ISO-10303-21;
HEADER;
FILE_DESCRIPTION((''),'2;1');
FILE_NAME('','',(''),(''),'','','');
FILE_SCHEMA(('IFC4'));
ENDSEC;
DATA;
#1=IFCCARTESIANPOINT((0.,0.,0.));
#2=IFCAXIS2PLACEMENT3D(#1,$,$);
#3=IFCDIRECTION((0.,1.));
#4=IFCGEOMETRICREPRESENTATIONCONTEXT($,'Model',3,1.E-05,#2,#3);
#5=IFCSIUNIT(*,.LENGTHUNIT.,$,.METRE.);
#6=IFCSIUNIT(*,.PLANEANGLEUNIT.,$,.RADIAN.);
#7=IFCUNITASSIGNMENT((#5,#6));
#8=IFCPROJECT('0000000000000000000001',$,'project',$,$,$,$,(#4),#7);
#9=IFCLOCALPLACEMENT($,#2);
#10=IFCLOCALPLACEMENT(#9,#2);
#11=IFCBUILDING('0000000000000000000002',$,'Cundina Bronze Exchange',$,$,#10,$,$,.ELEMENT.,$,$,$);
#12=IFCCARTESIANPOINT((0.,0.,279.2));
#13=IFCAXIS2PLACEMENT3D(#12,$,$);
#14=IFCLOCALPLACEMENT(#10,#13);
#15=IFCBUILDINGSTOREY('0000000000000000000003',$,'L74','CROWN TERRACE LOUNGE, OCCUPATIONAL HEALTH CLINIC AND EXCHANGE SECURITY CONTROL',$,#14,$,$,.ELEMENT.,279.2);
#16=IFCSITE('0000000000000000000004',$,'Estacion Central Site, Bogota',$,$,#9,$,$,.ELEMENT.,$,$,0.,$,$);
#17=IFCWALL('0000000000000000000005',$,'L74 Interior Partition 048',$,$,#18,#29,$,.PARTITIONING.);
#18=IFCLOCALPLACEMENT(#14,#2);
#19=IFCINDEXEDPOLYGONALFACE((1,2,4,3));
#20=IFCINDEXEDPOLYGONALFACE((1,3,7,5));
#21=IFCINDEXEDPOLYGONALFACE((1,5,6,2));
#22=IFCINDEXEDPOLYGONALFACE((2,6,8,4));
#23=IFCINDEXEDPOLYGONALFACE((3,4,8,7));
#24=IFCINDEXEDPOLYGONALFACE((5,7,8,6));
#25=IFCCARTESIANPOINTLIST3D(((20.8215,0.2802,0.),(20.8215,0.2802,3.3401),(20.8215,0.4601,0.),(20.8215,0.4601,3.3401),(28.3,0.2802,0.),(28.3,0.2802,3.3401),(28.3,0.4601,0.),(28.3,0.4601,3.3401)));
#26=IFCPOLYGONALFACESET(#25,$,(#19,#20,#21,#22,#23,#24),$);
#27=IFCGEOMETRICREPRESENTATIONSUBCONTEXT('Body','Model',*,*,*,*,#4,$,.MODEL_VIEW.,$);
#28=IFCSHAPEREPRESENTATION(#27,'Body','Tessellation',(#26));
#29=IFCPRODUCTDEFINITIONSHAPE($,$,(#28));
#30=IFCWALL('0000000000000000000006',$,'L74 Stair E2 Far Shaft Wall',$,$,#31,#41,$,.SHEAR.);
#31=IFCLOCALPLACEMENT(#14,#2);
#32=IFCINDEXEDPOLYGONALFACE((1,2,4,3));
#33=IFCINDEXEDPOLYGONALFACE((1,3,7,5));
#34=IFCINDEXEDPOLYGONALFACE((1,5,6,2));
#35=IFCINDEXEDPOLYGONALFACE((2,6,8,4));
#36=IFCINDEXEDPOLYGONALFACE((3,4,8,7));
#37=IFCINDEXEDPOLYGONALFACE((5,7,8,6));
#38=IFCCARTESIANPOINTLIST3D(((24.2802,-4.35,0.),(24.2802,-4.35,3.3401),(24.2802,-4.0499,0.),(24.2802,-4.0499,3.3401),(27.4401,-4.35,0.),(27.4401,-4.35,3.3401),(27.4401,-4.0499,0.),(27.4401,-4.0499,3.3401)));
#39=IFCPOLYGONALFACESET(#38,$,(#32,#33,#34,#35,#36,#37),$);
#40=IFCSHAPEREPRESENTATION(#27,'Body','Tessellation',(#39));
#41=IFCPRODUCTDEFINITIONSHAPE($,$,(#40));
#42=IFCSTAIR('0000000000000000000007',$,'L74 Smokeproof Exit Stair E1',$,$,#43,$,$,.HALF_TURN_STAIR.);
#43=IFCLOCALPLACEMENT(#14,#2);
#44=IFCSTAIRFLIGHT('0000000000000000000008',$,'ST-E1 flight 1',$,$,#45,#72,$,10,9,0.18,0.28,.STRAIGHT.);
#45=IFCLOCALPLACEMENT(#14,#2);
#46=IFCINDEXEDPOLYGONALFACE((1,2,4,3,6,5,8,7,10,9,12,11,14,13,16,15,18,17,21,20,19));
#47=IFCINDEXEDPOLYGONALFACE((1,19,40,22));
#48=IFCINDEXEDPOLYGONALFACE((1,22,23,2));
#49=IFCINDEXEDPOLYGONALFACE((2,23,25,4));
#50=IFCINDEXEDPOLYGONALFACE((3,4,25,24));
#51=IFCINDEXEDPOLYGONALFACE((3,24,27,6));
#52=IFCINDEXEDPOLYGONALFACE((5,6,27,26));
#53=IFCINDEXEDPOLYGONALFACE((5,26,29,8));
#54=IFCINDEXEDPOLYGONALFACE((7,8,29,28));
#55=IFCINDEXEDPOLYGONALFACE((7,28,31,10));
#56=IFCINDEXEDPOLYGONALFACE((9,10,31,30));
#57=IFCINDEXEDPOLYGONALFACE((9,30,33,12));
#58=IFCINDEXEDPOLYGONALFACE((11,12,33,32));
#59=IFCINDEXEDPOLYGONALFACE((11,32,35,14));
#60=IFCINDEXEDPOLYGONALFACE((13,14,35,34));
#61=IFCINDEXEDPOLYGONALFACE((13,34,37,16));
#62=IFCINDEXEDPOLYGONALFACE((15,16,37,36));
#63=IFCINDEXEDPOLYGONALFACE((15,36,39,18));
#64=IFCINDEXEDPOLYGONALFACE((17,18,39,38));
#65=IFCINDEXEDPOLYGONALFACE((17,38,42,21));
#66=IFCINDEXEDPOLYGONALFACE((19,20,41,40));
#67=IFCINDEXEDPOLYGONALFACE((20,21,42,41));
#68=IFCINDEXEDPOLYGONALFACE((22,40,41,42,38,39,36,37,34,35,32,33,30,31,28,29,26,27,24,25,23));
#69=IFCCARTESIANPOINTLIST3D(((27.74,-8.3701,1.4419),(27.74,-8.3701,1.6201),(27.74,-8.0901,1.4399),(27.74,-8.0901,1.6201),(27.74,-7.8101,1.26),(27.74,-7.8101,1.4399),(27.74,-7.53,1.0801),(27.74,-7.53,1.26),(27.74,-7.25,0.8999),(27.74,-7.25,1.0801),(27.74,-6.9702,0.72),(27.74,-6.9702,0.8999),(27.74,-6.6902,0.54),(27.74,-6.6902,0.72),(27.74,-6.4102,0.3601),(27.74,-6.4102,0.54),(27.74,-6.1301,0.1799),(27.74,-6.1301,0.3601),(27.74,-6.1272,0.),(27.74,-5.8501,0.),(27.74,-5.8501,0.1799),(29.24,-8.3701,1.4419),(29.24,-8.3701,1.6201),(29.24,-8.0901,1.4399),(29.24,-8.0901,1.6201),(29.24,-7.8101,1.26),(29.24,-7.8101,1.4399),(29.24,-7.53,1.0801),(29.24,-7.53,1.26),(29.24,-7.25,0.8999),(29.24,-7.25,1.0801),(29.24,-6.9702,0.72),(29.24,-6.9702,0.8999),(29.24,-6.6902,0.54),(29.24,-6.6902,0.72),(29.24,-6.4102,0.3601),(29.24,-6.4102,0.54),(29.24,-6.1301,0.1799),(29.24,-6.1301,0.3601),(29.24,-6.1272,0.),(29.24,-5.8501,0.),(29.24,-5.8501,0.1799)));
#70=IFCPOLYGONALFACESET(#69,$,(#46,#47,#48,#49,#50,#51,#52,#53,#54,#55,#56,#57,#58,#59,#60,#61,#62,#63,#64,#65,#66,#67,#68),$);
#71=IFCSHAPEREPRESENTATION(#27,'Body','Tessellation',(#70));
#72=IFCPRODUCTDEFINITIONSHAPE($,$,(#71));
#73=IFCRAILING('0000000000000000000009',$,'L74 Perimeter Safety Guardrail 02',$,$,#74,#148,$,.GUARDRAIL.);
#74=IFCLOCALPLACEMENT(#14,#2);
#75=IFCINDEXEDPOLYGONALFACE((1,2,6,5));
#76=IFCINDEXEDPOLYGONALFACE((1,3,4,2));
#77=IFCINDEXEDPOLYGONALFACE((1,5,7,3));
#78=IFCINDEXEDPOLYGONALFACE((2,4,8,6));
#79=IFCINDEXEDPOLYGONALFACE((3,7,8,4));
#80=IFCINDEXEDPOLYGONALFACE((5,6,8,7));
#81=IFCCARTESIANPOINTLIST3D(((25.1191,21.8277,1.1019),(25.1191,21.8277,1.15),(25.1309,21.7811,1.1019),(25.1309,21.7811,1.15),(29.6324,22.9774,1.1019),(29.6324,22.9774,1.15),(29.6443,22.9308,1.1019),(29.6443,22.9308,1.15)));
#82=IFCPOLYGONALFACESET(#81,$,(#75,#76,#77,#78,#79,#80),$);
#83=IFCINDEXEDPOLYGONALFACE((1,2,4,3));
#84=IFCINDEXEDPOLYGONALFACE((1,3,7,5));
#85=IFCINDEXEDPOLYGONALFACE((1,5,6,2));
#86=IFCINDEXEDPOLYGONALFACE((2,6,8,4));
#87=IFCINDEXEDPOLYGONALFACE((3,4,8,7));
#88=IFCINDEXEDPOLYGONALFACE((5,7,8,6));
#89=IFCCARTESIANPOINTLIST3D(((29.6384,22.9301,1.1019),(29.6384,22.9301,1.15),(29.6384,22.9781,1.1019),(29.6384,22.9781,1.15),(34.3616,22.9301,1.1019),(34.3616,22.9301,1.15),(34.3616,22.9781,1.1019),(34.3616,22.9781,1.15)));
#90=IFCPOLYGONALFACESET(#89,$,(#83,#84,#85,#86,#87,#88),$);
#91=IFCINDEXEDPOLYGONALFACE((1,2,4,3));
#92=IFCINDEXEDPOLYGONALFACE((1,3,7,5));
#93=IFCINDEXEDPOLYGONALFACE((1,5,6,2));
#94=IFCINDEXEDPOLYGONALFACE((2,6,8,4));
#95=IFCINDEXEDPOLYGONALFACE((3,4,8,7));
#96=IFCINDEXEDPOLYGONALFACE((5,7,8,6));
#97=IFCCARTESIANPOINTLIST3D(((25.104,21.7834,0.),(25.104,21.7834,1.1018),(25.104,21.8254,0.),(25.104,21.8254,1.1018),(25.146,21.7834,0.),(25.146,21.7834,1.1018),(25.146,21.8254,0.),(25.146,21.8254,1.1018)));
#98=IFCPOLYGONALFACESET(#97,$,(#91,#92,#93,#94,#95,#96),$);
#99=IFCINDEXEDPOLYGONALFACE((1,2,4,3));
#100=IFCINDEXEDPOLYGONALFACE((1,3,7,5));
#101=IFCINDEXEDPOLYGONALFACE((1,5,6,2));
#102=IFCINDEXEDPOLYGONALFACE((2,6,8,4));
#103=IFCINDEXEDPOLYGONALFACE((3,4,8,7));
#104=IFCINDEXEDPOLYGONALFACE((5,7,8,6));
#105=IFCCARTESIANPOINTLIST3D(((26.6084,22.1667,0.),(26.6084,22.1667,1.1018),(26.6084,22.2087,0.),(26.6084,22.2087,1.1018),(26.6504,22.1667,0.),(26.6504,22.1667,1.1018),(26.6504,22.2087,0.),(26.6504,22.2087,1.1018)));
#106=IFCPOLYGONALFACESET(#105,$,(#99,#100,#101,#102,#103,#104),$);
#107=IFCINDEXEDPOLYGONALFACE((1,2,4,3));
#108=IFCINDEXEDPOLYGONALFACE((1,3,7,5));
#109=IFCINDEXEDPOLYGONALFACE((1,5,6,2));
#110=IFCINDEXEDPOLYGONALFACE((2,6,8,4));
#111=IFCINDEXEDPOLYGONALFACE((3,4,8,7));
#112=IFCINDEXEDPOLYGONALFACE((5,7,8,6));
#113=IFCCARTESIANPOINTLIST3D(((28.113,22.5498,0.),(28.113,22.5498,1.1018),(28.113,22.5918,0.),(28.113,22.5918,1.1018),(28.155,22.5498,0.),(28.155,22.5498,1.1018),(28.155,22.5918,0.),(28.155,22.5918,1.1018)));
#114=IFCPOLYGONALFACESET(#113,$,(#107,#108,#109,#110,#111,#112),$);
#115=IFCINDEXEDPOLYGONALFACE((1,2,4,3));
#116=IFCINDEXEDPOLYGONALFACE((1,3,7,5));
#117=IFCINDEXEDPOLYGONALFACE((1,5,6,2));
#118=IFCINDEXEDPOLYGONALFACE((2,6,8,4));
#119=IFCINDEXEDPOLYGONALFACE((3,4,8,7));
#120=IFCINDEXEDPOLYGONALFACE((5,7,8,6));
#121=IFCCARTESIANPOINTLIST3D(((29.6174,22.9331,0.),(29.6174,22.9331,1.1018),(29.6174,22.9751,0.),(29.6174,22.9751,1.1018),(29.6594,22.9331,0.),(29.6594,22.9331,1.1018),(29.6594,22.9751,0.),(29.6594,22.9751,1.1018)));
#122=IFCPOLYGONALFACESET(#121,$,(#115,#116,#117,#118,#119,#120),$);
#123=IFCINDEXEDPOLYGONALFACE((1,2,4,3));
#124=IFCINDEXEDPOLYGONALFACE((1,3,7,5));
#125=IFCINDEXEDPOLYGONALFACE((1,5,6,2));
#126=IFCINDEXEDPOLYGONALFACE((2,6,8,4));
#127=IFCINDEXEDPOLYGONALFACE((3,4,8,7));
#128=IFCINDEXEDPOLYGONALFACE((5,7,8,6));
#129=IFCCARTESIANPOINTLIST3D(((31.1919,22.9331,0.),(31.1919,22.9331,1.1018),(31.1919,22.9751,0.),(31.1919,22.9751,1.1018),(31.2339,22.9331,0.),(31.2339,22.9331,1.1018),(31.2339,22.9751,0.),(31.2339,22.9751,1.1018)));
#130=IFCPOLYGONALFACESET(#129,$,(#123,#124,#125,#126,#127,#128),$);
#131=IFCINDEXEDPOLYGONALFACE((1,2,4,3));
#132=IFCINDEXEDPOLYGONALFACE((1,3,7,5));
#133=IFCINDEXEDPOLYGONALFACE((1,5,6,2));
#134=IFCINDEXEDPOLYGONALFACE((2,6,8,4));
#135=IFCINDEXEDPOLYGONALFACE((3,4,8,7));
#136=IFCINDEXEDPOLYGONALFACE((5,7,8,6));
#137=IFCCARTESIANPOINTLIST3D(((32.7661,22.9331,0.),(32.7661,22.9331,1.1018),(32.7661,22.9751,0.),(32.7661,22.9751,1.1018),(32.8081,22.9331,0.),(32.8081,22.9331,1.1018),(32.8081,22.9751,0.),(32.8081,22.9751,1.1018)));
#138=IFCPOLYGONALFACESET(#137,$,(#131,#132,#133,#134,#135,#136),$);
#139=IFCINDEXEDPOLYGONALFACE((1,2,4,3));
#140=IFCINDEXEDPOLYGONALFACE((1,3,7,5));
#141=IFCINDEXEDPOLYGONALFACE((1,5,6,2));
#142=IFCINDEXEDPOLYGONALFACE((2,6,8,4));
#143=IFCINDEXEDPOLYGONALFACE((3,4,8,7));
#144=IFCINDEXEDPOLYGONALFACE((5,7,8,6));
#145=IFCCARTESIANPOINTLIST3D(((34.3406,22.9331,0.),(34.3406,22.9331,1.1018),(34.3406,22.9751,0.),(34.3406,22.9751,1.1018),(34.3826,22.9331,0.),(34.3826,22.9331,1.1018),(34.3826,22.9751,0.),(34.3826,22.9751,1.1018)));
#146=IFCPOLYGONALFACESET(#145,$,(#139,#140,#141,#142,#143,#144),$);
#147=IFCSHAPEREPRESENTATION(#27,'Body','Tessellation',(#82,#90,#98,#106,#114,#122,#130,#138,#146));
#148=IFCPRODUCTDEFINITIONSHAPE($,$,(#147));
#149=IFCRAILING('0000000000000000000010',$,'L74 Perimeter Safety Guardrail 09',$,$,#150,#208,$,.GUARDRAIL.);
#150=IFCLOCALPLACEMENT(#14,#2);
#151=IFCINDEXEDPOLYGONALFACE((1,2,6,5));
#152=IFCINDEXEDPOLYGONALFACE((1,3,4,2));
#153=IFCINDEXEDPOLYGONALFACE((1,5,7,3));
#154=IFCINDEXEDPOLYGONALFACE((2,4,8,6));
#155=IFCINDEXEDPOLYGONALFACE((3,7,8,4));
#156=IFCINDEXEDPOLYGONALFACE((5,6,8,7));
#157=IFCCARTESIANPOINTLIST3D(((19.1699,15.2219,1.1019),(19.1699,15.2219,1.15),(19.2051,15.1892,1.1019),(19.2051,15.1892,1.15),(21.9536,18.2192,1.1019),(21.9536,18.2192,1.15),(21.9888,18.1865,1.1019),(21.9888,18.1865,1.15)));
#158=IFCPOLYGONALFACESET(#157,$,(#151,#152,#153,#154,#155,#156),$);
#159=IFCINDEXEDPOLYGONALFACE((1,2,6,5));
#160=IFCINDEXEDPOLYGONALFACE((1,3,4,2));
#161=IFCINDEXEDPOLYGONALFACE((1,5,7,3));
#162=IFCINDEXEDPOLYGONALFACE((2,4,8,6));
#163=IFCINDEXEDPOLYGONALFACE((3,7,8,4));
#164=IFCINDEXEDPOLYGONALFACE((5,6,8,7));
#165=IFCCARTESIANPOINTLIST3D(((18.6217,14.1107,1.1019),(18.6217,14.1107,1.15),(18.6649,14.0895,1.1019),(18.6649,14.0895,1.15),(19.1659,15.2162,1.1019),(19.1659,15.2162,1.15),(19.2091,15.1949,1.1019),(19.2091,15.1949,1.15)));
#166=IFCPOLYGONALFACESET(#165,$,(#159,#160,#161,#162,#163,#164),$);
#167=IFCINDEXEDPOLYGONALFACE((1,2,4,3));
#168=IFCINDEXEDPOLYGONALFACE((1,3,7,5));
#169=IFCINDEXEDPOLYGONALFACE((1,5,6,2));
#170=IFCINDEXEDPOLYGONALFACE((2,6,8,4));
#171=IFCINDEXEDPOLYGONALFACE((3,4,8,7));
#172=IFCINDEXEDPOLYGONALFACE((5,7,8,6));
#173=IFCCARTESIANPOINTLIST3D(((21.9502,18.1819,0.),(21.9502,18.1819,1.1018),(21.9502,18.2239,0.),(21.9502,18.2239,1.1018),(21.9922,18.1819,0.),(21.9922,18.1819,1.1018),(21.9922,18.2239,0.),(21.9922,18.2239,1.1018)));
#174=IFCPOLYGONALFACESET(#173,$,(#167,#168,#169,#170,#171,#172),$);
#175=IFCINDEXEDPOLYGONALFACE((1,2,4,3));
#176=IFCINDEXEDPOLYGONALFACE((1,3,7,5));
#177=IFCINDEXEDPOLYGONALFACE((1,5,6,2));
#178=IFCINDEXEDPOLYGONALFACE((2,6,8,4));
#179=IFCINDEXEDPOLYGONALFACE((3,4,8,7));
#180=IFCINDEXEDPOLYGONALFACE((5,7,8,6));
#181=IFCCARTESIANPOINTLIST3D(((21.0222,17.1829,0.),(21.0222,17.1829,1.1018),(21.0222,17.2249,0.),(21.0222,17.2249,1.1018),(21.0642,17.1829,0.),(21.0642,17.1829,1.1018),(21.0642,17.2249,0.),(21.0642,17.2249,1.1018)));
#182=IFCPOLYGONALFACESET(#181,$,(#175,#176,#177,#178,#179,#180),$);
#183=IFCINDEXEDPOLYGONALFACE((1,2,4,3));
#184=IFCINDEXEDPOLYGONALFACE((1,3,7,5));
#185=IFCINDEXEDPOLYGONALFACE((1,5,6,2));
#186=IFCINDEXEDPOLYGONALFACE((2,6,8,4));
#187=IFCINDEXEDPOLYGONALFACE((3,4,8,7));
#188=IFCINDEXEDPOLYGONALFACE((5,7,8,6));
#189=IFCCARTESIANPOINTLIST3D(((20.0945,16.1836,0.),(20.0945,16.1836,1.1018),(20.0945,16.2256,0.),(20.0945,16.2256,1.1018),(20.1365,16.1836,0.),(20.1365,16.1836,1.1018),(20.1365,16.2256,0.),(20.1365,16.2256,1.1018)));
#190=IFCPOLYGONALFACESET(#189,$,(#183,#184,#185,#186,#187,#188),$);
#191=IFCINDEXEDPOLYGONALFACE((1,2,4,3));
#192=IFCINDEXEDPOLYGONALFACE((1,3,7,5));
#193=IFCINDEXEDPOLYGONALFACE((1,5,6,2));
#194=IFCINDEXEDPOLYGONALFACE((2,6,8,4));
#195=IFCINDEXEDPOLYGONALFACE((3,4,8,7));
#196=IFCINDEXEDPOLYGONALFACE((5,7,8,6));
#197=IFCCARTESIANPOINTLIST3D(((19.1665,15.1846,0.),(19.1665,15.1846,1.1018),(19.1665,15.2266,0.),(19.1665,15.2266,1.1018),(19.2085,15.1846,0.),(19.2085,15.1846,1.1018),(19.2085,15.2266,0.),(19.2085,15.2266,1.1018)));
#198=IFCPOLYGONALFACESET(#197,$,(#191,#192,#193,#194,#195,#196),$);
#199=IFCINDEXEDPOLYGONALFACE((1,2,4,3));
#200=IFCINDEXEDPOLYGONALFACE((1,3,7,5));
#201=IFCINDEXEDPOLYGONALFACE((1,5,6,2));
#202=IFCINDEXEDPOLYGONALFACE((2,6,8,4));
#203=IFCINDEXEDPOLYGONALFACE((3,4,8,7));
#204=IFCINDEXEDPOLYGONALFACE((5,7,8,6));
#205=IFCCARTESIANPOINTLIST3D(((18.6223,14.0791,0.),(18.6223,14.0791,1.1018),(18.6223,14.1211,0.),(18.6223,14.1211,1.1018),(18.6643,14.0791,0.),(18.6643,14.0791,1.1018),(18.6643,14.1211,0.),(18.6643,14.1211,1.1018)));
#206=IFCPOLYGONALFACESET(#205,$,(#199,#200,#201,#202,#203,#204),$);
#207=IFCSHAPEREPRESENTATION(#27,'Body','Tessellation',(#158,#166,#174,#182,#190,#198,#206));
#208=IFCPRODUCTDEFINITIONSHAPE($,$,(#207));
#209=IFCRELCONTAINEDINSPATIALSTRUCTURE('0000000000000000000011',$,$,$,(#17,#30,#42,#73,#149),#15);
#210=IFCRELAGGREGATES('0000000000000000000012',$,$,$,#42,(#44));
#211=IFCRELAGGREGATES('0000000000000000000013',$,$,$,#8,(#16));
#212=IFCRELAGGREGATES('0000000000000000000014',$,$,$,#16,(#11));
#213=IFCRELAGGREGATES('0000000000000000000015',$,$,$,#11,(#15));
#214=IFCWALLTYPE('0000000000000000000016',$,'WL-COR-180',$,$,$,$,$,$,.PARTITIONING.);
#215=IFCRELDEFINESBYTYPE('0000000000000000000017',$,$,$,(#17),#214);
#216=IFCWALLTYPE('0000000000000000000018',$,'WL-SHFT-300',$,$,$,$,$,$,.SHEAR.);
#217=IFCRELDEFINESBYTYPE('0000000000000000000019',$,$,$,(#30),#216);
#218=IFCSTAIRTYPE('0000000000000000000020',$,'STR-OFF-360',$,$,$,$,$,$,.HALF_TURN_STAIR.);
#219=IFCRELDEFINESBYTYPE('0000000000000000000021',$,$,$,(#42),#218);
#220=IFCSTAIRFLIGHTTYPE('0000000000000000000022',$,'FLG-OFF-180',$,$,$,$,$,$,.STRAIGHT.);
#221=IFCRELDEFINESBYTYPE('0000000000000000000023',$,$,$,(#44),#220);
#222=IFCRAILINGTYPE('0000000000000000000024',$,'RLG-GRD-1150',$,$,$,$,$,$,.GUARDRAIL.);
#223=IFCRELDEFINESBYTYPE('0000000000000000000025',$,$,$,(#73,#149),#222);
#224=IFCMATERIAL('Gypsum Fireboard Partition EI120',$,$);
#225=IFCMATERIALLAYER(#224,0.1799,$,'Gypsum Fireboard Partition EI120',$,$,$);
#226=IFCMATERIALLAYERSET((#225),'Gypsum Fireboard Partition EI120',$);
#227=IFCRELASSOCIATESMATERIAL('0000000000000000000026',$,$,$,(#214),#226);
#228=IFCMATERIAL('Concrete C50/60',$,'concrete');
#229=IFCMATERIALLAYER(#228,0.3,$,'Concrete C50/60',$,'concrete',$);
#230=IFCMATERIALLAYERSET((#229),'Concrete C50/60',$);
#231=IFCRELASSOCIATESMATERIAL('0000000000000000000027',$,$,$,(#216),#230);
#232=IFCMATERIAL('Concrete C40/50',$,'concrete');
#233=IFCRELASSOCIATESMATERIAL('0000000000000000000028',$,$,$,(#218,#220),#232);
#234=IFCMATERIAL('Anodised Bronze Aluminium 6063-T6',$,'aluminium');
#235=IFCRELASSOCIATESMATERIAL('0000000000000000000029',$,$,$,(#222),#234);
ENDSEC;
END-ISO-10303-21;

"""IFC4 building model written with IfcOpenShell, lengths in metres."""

from ifc_helpers import new_model, si_unit, direction, frame, frame_2d, origin, origin_2d, place, context, subcontext, project, spatial, polyline, rectangle, outline, extrude, material, layer, layer_set, type_object, element, aggregate, save


model = new_model("IFC4")

# Units and contexts
model_context = context("Model", 3, precision=1e-05, world=origin(), true_north=direction((0.0, 1.0)))
body_context = subcontext(model_context, "Body", "Model", "MODEL_VIEW")
ifc_project = project(units=[si_unit("LENGTHUNIT", "METRE"), si_unit("PLANEANGLEUNIT", "RADIAN")], contexts=[model_context])

# Site, building, storey
site_placement = place(None, origin())
site = spatial("IfcSite", under=ifc_project, at=site_placement, Name="Estacion Central Site, Bogota", CompositionType="ELEMENT", RefElevation=0.0)
building_placement = place(site_placement, origin())
building = spatial("IfcBuilding", under=site, at=building_placement, Name="Cundina Bronze Exchange", CompositionType="ELEMENT")
storey_placement = place(building_placement, frame((0.0, 0.0, 279.2)))
storey = spatial("IfcBuildingStorey", under=building, at=storey_placement, Name="L74", Description="CROWN TERRACE LOUNGE, OCCUPATIONAL HEALTH CLINIC AND EXCHANGE SECURITY CONTROL", CompositionType="ELEMENT", Elevation=279.2)

# Shared definitions
ifc_material_1 = material(Name="Concrete C50/60", Category="concrete")

# Shared definitions
ifc_material_2 = material(Name="Anodised Bronze Aluminium 6063-T6", Category="aluminium")

# Shared definitions
ifc_material_3 = material(Name="Gypsum Fireboard Partition EI120")
ifc_layer_1 = layer(ifc_material_3, 0.1799, Name="Gypsum Fireboard Partition EI120")
ifc_layer_set_1 = layer_set([ifc_layer_1], Name="Gypsum Fireboard Partition EI120")
wall_type_1 = type_object("IfcWallType", Name="WL-COR-180", PredefinedType="PARTITIONING", material=ifc_layer_set_1)

# Wall
wall_1_placement = place(storey_placement, frame((28.3, 0.3701, 0.0), z_axis=(0.0, 0.0, 1.0), x_axis=(-1.0, 0.0, 0.0)))
element("IfcWall", 1, at=wall_1_placement, inside=storey, type_object=wall_type_1, Name="L74 Interior Partition 048", PredefinedType="PARTITIONING", context=body_context, shape_type="SweptSolid", body=[
    extrude(rectangle(XDim=7.4785, YDim=0.1799, at=frame_2d((3.7393, 0.0))), origin(), (0.0, 0.0, 1.0), 3.3401),
])

# Shared definitions
ifc_layer_2 = layer(ifc_material_1, 0.3, Name="Concrete C50/60", Category="concrete")
ifc_layer_set_2 = layer_set([ifc_layer_2], Name="Concrete C50/60")
wall_type_2 = type_object("IfcWallType", Name="WL-SHFT-300", PredefinedType="SHEAR", material=ifc_layer_set_2)

# Wall
wall_2_placement = place(storey_placement, frame((24.28, -4.2, 0.0), z_axis=(0.0, 0.0, 1.0), x_axis=(1.0, 0.0, 0.0)))
element("IfcWall", 2, at=wall_2_placement, inside=storey, type_object=wall_type_2, Name="L74 Stair E2 Far Shaft Wall", PredefinedType="SHEAR", context=body_context, shape_type="SweptSolid", body=[
    extrude(rectangle(XDim=3.1599, YDim=0.3, at=frame_2d((1.5801, 0.0))), origin(), (0.0, 0.0, 1.0), 3.3401),
])

# Stair, stair flight
ifc_material_4 = material(Name="Concrete C40/50", Category="concrete")
stair_type = type_object("IfcStairType", Name="STR-OFF-360", PredefinedType="HALF_TURN_STAIR", material=ifc_material_4)
stair_placement = place(storey_placement, origin())
stair = element("IfcStair", 3, at=stair_placement, inside=storey, type_object=stair_type, Name="L74 Smokeproof Exit Stair E1", PredefinedType="HALF_TURN_STAIR")
stair_flight_type = type_object("IfcStairFlightType", Name="FLG-OFF-180", PredefinedType="STRAIGHT", material=ifc_material_4)
stair_flight_placement = place(storey_placement, frame((28.49, -5.8501, 0.0), z_axis=(0.0, 0.0, 1.0), x_axis=(0.0, -1.0, 0.0)))
stair_flight = element("IfcStairFlight", 4, at=stair_flight_placement, type_object=stair_flight_type, Name="ST-E1 flight 1", NumberOfRisers=10, NumberOfTreads=9, PredefinedType="STRAIGHT", RiserHeight=0.18, TreadLength=0.28, context=body_context, shape_type="SweptSolid", body=[
    extrude(outline(polyline([(0.0, 0.0), (0.0, 0.1799), (0.28, 0.1799), (0.28, 0.3601), (0.5601, 0.3601), (0.5601, 0.54), (0.8401, 0.54), (0.8401, 0.72), (1.1201, 0.72), (1.1201, 0.8999), (1.3999, 0.8999), (1.3999, 1.0801), (1.6799, 1.0801), (1.6799, 1.26), (1.96, 1.26), (1.96, 1.4399), (2.24, 1.4399), (2.24, 1.6201), (2.52, 1.6201), (2.52, 1.8), (2.52, 1.4419), (0.2771, 0.0), (0.0, 0.0)])), frame((0.0, 0.75, 0.0), z_axis=(0.0, -1.0, 0.0), x_axis=(1.0, 0.0, 0.0)), (0.0, 0.0, 1.0), 1.5),
])
aggregate(stair, [stair_flight])

# Railings
railing_type_1 = type_object("IfcRailingType", Name="RLG-GRD-1150", PredefinedType="GUARDRAIL", material=ifc_material_2)
railing_1_placement = place(storey_placement, frame((25.125, 21.8044, 0.0)))
element("IfcRailing", 5, at=railing_1_placement, inside=storey, type_object=railing_type_1, Name="L74 Perimeter Safety Guardrail 02", PredefinedType="GUARDRAIL", context=body_context, shape_type="SweptSolid", body=[
    extrude(rectangle(XDim=0.0481, YDim=0.0481, at=origin_2d()), frame((0.0, 0.0, 1.126), z_axis=(0.969057, 0.246838, 0.0), x_axis=(-0.246838, 0.969057, 0.0)), (0.0, 0.0, 1.0), 4.6575),
    extrude(rectangle(XDim=0.0481, YDim=0.0481, at=origin_2d()), frame((4.5134, 1.1497, 1.126), z_axis=(1.0, 0.0, 0.0), x_axis=(0.0, 1.0, 0.0)), (0.0, 0.0, 1.0), 4.7231),
    extrude(rectangle(XDim=0.042, YDim=0.042, at=origin_2d()), origin(), (0.0, 0.0, 1.0), 1.1018),
    extrude(rectangle(XDim=0.042, YDim=0.042, at=origin_2d()), frame((1.5044, 0.3833, 0.0)), (0.0, 0.0, 1.0), 1.1018),
    extrude(rectangle(XDim=0.042, YDim=0.042, at=origin_2d()), frame((3.009, 0.7664, 0.0)), (0.0, 0.0, 1.0), 1.1018),
    extrude(rectangle(XDim=0.042, YDim=0.042, at=origin_2d()), frame((4.5134, 1.1497, 0.0)), (0.0, 0.0, 1.0), 1.1018),
    extrude(rectangle(XDim=0.042, YDim=0.042, at=origin_2d()), frame((6.0879, 1.1497, 0.0)), (0.0, 0.0, 1.0), 1.1018),
    extrude(rectangle(XDim=0.042, YDim=0.042, at=origin_2d()), frame((7.6621, 1.1497, 0.0)), (0.0, 0.0, 1.0), 1.1018),
    extrude(rectangle(XDim=0.042, YDim=0.042, at=origin_2d()), frame((9.2366, 1.1497, 0.0)), (0.0, 0.0, 1.0), 1.1018),
])
railing_2_placement = place(storey_placement, frame((21.9712, 18.2029, 0.0)))
element("IfcRailing", 6, at=railing_2_placement, inside=storey, type_object=railing_type_1, Name="L74 Perimeter Safety Guardrail 09", PredefinedType="GUARDRAIL", context=body_context, shape_type="SweptSolid", body=[
    extrude(rectangle(XDim=0.0481, YDim=0.0481, at=origin_2d()), frame((0.0, 0.0, 1.126), z_axis=(-0.680513, -0.732736, 0.0), x_axis=(0.732736, -0.680513, 0.0)), (0.0, 0.0, 1.0), 4.0906),
    extrude(rectangle(XDim=0.0481, YDim=0.0481, at=origin_2d()), frame((-2.7837, -2.9973, 1.126), z_axis=(-0.441657, -0.897184, 0.0), x_axis=(0.897184, -0.441657, 0.0)), (0.0, 0.0, 1.0), 1.2322),
    extrude(rectangle(XDim=0.042, YDim=0.042, at=origin_2d()), origin(), (0.0, 0.0, 1.0), 1.1018),
    extrude(rectangle(XDim=0.042, YDim=0.042, at=origin_2d()), frame((-0.928, -0.999, 0.0)), (0.0, 0.0, 1.0), 1.1018),
    extrude(rectangle(XDim=0.042, YDim=0.042, at=origin_2d()), frame((-1.8557, -1.9983, 0.0)), (0.0, 0.0, 1.0), 1.1018),
    extrude(rectangle(XDim=0.042, YDim=0.042, at=origin_2d()), frame((-2.7837, -2.9973, 0.0)), (0.0, 0.0, 1.0), 1.1018),
    extrude(rectangle(XDim=0.042, YDim=0.042, at=origin_2d()), frame((-3.3279, -4.1028, 0.0)), (0.0, 0.0, 1.0), 1.1018),
])

save(model, "model.ifc")
